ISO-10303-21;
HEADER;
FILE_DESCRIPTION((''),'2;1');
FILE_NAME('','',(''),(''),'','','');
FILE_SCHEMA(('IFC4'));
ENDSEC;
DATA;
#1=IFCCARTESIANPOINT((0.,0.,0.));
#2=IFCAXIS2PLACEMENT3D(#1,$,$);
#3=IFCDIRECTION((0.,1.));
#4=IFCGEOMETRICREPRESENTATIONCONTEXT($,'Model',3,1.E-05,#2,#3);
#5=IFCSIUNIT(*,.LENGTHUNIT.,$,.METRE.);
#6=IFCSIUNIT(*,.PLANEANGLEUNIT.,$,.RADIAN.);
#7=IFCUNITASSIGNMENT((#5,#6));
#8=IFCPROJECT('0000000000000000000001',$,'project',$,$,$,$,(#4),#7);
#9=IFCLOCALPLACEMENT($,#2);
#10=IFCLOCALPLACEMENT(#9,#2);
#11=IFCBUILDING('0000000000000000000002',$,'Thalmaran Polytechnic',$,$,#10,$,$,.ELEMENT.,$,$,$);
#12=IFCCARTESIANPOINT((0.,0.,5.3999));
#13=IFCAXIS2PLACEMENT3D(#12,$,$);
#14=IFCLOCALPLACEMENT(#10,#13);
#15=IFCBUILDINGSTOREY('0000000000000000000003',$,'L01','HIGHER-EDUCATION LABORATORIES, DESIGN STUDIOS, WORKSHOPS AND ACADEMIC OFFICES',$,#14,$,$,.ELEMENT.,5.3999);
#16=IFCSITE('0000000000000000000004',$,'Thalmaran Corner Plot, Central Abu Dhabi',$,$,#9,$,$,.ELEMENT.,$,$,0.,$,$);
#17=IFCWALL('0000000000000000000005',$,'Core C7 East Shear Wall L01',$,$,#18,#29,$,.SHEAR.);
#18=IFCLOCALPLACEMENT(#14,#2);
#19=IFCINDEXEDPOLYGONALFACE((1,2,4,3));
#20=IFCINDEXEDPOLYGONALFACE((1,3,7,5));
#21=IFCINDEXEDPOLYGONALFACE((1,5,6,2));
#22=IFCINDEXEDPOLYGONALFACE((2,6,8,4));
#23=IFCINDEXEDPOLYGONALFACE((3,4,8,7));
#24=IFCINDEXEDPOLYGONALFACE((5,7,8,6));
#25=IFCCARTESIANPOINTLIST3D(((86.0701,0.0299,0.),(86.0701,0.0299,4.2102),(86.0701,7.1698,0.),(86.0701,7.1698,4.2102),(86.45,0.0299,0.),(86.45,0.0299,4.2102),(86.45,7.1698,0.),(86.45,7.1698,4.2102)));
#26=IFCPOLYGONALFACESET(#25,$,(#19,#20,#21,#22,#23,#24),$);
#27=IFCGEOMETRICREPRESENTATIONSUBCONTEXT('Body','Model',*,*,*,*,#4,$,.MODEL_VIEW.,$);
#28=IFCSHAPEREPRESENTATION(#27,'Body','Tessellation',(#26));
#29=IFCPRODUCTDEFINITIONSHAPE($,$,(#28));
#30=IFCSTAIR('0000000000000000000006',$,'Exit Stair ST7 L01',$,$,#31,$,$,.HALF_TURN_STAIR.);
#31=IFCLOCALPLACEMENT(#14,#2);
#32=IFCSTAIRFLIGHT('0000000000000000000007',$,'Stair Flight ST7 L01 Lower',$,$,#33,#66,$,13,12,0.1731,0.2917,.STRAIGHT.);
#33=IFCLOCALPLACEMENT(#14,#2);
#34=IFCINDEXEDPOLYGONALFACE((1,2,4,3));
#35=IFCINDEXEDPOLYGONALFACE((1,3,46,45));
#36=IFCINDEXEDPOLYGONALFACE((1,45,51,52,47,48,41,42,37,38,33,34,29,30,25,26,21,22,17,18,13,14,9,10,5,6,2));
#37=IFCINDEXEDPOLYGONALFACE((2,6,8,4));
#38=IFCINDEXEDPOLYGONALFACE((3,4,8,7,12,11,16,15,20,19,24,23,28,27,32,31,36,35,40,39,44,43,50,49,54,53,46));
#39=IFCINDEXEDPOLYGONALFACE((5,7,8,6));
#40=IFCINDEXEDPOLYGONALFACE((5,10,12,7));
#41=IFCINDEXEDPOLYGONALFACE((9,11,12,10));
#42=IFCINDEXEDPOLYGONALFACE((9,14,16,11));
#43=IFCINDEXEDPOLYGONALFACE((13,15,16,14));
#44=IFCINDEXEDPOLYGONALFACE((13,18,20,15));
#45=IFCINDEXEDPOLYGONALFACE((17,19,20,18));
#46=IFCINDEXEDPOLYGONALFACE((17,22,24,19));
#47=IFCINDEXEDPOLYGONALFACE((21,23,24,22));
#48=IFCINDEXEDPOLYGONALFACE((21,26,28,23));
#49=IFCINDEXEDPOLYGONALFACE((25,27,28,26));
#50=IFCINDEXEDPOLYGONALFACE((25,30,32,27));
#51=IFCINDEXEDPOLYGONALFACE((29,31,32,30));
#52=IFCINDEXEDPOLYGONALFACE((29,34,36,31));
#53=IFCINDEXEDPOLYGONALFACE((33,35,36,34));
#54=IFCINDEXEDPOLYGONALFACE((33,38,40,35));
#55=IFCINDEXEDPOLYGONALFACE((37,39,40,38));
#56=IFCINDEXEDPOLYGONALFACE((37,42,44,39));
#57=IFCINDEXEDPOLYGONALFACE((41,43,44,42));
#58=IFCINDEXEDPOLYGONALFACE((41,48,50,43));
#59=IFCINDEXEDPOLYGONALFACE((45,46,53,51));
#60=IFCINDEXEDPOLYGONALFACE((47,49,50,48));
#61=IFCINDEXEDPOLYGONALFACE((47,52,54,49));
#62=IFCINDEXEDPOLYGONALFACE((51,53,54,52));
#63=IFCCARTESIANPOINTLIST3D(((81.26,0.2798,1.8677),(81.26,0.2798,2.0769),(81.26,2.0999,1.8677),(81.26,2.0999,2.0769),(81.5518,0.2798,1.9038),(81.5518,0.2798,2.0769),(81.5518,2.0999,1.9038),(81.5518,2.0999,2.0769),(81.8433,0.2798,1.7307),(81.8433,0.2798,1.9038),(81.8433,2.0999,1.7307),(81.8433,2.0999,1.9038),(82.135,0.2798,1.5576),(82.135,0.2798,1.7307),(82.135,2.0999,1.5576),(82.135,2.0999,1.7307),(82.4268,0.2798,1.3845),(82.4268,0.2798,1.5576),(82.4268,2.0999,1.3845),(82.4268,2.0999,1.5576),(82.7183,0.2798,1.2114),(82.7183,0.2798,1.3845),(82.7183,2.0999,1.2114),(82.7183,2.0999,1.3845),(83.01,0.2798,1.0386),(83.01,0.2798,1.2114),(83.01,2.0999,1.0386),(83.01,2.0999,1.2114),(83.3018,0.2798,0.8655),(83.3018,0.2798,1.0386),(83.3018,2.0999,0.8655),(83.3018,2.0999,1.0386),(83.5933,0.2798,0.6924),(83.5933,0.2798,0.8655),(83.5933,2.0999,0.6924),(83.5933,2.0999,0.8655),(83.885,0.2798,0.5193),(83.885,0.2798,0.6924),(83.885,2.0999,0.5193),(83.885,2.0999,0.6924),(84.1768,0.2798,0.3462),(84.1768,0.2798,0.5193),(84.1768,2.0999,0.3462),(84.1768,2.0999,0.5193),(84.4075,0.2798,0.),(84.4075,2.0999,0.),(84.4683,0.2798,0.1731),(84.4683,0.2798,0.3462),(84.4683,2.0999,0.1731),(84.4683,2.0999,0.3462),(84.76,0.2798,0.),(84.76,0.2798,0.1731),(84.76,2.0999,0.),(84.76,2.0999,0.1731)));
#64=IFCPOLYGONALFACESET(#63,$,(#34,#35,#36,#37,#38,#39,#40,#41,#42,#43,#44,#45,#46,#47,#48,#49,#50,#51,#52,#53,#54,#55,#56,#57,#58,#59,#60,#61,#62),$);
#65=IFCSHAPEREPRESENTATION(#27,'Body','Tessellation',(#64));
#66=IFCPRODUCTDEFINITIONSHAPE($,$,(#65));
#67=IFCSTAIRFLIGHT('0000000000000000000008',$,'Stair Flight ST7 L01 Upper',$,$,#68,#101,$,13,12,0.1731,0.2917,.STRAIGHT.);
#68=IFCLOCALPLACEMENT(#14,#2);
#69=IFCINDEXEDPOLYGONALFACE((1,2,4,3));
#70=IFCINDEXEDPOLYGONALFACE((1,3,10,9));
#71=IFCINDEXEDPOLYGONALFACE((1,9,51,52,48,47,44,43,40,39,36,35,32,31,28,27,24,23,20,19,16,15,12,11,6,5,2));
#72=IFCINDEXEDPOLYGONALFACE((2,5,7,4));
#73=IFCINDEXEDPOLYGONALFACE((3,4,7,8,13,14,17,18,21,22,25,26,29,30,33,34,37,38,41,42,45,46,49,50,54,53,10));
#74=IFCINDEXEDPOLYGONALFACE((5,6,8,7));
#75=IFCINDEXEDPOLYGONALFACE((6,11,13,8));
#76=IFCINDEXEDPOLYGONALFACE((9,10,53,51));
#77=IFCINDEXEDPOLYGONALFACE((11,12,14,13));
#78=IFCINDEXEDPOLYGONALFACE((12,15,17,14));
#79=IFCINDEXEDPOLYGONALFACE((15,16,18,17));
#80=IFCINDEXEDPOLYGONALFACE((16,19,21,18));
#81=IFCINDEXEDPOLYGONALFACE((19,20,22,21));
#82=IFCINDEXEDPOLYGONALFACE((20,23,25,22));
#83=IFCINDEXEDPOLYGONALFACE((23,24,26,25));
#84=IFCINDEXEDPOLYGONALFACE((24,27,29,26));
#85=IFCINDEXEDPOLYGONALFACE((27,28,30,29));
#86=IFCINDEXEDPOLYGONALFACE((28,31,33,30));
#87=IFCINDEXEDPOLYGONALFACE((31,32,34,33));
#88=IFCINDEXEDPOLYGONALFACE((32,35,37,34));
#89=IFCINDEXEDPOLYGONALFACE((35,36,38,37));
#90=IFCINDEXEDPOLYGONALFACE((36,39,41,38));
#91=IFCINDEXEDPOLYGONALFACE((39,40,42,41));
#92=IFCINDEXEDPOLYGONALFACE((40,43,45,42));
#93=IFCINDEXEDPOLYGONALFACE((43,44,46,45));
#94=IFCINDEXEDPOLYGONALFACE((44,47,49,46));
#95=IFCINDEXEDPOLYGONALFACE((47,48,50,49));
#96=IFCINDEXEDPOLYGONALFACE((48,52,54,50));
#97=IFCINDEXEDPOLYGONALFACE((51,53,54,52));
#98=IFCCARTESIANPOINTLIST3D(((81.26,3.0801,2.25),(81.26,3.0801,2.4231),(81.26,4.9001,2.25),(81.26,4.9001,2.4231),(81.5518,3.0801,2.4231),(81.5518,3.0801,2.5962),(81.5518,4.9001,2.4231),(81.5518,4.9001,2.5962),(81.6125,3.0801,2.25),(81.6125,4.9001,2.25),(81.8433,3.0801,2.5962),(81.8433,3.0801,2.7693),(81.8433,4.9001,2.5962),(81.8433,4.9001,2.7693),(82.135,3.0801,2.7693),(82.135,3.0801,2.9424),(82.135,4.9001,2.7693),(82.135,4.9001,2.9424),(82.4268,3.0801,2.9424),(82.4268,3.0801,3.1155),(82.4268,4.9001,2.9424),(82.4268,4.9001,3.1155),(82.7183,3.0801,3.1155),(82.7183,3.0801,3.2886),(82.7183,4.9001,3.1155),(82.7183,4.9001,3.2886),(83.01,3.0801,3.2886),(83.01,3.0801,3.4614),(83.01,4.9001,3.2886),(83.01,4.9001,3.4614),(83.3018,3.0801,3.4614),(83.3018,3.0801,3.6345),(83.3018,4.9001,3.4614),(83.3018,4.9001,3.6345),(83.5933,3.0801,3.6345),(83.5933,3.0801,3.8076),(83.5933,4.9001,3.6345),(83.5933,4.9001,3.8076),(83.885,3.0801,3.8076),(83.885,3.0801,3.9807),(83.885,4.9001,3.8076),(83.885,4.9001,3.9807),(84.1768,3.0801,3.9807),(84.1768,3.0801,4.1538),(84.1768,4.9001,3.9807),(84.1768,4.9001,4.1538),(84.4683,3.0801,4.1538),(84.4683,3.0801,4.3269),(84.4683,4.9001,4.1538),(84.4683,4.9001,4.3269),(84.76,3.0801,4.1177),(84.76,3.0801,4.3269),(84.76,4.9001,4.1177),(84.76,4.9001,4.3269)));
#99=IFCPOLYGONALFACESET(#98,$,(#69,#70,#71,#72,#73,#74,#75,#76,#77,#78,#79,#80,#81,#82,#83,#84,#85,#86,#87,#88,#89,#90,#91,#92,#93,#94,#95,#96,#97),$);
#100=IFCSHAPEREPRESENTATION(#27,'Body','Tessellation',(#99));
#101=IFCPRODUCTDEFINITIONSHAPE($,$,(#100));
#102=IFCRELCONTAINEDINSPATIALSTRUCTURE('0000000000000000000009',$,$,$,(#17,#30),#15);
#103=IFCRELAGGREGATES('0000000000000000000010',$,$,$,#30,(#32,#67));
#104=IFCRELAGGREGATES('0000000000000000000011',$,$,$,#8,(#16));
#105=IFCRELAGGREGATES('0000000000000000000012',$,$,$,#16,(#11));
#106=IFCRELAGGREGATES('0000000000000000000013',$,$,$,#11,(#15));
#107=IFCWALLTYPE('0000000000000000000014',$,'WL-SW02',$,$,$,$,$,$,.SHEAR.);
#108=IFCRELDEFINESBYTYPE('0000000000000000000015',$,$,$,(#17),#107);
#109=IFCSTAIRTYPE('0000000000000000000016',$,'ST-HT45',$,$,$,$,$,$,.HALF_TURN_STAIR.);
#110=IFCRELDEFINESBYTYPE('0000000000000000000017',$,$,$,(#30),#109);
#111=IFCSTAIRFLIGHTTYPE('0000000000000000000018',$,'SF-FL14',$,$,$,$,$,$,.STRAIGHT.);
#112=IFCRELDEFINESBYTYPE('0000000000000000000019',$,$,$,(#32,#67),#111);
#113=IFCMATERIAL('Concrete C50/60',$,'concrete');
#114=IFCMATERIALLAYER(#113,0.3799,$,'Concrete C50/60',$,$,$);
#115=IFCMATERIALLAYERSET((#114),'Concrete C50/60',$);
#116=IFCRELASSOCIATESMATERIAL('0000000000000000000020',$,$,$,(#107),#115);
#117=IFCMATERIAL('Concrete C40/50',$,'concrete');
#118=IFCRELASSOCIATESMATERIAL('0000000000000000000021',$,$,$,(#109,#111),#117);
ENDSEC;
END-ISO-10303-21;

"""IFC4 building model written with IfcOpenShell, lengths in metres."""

from ifc_helpers import new_model, si_unit, direction, frame, frame_2d, origin, place, context, subcontext, project, spatial, polyline, rectangle, outline, extrude, material, layer, layer_set, type_object, element, aggregate, save


model = new_model("IFC4")

# Units and contexts
model_context = context("Model", 3, precision=1e-05, world=origin(), true_north=direction((0.0, 1.0)))
body_context = subcontext(model_context, "Body", "Model", "MODEL_VIEW")
ifc_project = project(units=[si_unit("LENGTHUNIT", "METRE"), si_unit("PLANEANGLEUNIT", "RADIAN")], contexts=[model_context])

# Site, building, storey
site_placement = place(None, origin())
site = spatial("IfcSite", under=ifc_project, at=site_placement, Name="Thalmaran Corner Plot, Central Abu Dhabi", CompositionType="ELEMENT", RefElevation=0.0)
building_placement = place(site_placement, origin())
building = spatial("IfcBuilding", under=site, at=building_placement, Name="Thalmaran Polytechnic", CompositionType="ELEMENT")
storey_placement = place(building_placement, frame((0.0, 0.0, 5.3999)))
storey = spatial("IfcBuildingStorey", under=building, at=storey_placement, Name="L01", Description="HIGHER-EDUCATION LABORATORIES, DESIGN STUDIOS, WORKSHOPS AND ACADEMIC OFFICES", CompositionType="ELEMENT", Elevation=5.3999)

# Shared definitions
ifc_material_1 = material(Name="Concrete C40/50", Category="concrete")

# Shared definitions
ifc_material_2 = material(Name="Concrete C50/60", Category="concrete")
ifc_layer_1 = layer(ifc_material_2, 0.3799, Name="Concrete C50/60")
ifc_layer_set_1 = layer_set([ifc_layer_1], Name="Concrete C50/60")
wall_type_1 = type_object("IfcWallType", Name="WL-SW02", PredefinedType="SHEAR", material=ifc_layer_set_1)

# Wall
wall_1_placement = place(storey_placement, frame((86.26, 0.03, 0.0), z_axis=(0.0, 0.0, 1.0), x_axis=(0.0, 1.0, 0.0)))
element("IfcWall", 1, at=wall_1_placement, inside=storey, type_object=wall_type_1, Name="Core C7 East Shear Wall L01", PredefinedType="SHEAR", context=body_context, shape_type="SweptSolid", body=[
    extrude(rectangle(XDim=7.1399, YDim=0.3799, at=frame_2d((3.5698, 0.0))), origin(), (0.0, 0.0, 1.0), 4.2102),
])

# Stair, stair flights
stair_type = type_object("IfcStairType", Name="ST-HT45", PredefinedType="HALF_TURN_STAIR", material=ifc_material_1)
stair_placement = place(storey_placement, origin())
stair = element("IfcStair", 2, at=stair_placement, inside=storey, type_object=stair_type, Name="Exit Stair ST7 L01", PredefinedType="HALF_TURN_STAIR")
stair_flight_type = type_object("IfcStairFlightType", Name="SF-FL14", PredefinedType="STRAIGHT", material=ifc_material_1)
stair_flight_1_placement = place(storey_placement, frame((84.76, 1.1899, 0.0), z_axis=(0.0, 0.0, 1.0), x_axis=(-1.0, 0.0, 0.0)))
stair_flight_1 = element("IfcStairFlight", 3, at=stair_flight_1_placement, type_object=stair_flight_type, Name="Stair Flight ST7 L01 Lower", NumberOfRisers=13, NumberOfTreads=12, PredefinedType="STRAIGHT", RiserHeight=0.1731, TreadLength=0.2917, context=body_context, shape_type="SweptSolid", body=[
    extrude(outline(polyline([(0.0, 0.0), (0.0, 0.1731), (0.2917, 0.1731), (0.2917, 0.3462), (0.5833, 0.3462), (0.5833, 0.5193), (0.875, 0.5193), (0.875, 0.6924), (1.1667, 0.6924), (1.1667, 0.8655), (1.4583, 0.8655), (1.4583, 1.0386), (1.75, 1.0386), (1.75, 1.2114), (2.0417, 1.2114), (2.0417, 1.3845), (2.3333, 1.3845), (2.3333, 1.5576), (2.625, 1.5576), (2.625, 1.7307), (2.9167, 1.7307), (2.9167, 1.9038), (3.2083, 1.9038), (3.2083, 2.0769), (3.5, 2.0769), (3.5, 2.25), (3.5, 1.8677), (0.3525, 0.0), (0.0, 0.0)])), frame((0.0, 0.9102, 0.0), z_axis=(0.0, -1.0, 0.0), x_axis=(1.0, 0.0, 0.0)), (0.0, 0.0, 1.0), 1.8201),
])
stair_flight_2_placement = place(storey_placement, frame((81.26, 3.99, 2.25), z_axis=(0.0, 0.0, 1.0), x_axis=(1.0, 0.0, 0.0)))
stair_flight_2 = element("IfcStairFlight", 4, at=stair_flight_2_placement, type_object=stair_flight_type, Name="Stair Flight ST7 L01 Upper", NumberOfRisers=13, NumberOfTreads=12, PredefinedType="STRAIGHT", RiserHeight=0.1731, TreadLength=0.2917, context=body_context, shape_type="SweptSolid", body=[
    extrude(outline(polyline([(0.0, 0.0), (0.0, 0.1731), (0.2917, 0.1731), (0.2917, 0.3462), (0.5833, 0.3462), (0.5833, 0.5193), (0.875, 0.5193), (0.875, 0.6924), (1.1667, 0.6924), (1.1667, 0.8655), (1.4583, 0.8655), (1.4583, 1.0386), (1.75, 1.0386), (1.75, 1.2114), (2.0417, 1.2114), (2.0417, 1.3845), (2.3333, 1.3845), (2.3333, 1.5576), (2.625, 1.5576), (2.625, 1.7307), (2.9167, 1.7307), (2.9167, 1.9038), (3.2083, 1.9038), (3.2083, 2.0769), (3.5, 2.0769), (3.5, 2.25), (3.5, 1.8677), (0.3525, 0.0), (0.0, 0.0)])), frame((0.0, 0.9102, 0.0), z_axis=(0.0, -1.0, 0.0), x_axis=(1.0, 0.0, 0.0)), (0.0, 0.0, 1.0), 1.8201),
])
aggregate(stair, [stair_flight_1, stair_flight_2])

save(model, "model.ifc")
